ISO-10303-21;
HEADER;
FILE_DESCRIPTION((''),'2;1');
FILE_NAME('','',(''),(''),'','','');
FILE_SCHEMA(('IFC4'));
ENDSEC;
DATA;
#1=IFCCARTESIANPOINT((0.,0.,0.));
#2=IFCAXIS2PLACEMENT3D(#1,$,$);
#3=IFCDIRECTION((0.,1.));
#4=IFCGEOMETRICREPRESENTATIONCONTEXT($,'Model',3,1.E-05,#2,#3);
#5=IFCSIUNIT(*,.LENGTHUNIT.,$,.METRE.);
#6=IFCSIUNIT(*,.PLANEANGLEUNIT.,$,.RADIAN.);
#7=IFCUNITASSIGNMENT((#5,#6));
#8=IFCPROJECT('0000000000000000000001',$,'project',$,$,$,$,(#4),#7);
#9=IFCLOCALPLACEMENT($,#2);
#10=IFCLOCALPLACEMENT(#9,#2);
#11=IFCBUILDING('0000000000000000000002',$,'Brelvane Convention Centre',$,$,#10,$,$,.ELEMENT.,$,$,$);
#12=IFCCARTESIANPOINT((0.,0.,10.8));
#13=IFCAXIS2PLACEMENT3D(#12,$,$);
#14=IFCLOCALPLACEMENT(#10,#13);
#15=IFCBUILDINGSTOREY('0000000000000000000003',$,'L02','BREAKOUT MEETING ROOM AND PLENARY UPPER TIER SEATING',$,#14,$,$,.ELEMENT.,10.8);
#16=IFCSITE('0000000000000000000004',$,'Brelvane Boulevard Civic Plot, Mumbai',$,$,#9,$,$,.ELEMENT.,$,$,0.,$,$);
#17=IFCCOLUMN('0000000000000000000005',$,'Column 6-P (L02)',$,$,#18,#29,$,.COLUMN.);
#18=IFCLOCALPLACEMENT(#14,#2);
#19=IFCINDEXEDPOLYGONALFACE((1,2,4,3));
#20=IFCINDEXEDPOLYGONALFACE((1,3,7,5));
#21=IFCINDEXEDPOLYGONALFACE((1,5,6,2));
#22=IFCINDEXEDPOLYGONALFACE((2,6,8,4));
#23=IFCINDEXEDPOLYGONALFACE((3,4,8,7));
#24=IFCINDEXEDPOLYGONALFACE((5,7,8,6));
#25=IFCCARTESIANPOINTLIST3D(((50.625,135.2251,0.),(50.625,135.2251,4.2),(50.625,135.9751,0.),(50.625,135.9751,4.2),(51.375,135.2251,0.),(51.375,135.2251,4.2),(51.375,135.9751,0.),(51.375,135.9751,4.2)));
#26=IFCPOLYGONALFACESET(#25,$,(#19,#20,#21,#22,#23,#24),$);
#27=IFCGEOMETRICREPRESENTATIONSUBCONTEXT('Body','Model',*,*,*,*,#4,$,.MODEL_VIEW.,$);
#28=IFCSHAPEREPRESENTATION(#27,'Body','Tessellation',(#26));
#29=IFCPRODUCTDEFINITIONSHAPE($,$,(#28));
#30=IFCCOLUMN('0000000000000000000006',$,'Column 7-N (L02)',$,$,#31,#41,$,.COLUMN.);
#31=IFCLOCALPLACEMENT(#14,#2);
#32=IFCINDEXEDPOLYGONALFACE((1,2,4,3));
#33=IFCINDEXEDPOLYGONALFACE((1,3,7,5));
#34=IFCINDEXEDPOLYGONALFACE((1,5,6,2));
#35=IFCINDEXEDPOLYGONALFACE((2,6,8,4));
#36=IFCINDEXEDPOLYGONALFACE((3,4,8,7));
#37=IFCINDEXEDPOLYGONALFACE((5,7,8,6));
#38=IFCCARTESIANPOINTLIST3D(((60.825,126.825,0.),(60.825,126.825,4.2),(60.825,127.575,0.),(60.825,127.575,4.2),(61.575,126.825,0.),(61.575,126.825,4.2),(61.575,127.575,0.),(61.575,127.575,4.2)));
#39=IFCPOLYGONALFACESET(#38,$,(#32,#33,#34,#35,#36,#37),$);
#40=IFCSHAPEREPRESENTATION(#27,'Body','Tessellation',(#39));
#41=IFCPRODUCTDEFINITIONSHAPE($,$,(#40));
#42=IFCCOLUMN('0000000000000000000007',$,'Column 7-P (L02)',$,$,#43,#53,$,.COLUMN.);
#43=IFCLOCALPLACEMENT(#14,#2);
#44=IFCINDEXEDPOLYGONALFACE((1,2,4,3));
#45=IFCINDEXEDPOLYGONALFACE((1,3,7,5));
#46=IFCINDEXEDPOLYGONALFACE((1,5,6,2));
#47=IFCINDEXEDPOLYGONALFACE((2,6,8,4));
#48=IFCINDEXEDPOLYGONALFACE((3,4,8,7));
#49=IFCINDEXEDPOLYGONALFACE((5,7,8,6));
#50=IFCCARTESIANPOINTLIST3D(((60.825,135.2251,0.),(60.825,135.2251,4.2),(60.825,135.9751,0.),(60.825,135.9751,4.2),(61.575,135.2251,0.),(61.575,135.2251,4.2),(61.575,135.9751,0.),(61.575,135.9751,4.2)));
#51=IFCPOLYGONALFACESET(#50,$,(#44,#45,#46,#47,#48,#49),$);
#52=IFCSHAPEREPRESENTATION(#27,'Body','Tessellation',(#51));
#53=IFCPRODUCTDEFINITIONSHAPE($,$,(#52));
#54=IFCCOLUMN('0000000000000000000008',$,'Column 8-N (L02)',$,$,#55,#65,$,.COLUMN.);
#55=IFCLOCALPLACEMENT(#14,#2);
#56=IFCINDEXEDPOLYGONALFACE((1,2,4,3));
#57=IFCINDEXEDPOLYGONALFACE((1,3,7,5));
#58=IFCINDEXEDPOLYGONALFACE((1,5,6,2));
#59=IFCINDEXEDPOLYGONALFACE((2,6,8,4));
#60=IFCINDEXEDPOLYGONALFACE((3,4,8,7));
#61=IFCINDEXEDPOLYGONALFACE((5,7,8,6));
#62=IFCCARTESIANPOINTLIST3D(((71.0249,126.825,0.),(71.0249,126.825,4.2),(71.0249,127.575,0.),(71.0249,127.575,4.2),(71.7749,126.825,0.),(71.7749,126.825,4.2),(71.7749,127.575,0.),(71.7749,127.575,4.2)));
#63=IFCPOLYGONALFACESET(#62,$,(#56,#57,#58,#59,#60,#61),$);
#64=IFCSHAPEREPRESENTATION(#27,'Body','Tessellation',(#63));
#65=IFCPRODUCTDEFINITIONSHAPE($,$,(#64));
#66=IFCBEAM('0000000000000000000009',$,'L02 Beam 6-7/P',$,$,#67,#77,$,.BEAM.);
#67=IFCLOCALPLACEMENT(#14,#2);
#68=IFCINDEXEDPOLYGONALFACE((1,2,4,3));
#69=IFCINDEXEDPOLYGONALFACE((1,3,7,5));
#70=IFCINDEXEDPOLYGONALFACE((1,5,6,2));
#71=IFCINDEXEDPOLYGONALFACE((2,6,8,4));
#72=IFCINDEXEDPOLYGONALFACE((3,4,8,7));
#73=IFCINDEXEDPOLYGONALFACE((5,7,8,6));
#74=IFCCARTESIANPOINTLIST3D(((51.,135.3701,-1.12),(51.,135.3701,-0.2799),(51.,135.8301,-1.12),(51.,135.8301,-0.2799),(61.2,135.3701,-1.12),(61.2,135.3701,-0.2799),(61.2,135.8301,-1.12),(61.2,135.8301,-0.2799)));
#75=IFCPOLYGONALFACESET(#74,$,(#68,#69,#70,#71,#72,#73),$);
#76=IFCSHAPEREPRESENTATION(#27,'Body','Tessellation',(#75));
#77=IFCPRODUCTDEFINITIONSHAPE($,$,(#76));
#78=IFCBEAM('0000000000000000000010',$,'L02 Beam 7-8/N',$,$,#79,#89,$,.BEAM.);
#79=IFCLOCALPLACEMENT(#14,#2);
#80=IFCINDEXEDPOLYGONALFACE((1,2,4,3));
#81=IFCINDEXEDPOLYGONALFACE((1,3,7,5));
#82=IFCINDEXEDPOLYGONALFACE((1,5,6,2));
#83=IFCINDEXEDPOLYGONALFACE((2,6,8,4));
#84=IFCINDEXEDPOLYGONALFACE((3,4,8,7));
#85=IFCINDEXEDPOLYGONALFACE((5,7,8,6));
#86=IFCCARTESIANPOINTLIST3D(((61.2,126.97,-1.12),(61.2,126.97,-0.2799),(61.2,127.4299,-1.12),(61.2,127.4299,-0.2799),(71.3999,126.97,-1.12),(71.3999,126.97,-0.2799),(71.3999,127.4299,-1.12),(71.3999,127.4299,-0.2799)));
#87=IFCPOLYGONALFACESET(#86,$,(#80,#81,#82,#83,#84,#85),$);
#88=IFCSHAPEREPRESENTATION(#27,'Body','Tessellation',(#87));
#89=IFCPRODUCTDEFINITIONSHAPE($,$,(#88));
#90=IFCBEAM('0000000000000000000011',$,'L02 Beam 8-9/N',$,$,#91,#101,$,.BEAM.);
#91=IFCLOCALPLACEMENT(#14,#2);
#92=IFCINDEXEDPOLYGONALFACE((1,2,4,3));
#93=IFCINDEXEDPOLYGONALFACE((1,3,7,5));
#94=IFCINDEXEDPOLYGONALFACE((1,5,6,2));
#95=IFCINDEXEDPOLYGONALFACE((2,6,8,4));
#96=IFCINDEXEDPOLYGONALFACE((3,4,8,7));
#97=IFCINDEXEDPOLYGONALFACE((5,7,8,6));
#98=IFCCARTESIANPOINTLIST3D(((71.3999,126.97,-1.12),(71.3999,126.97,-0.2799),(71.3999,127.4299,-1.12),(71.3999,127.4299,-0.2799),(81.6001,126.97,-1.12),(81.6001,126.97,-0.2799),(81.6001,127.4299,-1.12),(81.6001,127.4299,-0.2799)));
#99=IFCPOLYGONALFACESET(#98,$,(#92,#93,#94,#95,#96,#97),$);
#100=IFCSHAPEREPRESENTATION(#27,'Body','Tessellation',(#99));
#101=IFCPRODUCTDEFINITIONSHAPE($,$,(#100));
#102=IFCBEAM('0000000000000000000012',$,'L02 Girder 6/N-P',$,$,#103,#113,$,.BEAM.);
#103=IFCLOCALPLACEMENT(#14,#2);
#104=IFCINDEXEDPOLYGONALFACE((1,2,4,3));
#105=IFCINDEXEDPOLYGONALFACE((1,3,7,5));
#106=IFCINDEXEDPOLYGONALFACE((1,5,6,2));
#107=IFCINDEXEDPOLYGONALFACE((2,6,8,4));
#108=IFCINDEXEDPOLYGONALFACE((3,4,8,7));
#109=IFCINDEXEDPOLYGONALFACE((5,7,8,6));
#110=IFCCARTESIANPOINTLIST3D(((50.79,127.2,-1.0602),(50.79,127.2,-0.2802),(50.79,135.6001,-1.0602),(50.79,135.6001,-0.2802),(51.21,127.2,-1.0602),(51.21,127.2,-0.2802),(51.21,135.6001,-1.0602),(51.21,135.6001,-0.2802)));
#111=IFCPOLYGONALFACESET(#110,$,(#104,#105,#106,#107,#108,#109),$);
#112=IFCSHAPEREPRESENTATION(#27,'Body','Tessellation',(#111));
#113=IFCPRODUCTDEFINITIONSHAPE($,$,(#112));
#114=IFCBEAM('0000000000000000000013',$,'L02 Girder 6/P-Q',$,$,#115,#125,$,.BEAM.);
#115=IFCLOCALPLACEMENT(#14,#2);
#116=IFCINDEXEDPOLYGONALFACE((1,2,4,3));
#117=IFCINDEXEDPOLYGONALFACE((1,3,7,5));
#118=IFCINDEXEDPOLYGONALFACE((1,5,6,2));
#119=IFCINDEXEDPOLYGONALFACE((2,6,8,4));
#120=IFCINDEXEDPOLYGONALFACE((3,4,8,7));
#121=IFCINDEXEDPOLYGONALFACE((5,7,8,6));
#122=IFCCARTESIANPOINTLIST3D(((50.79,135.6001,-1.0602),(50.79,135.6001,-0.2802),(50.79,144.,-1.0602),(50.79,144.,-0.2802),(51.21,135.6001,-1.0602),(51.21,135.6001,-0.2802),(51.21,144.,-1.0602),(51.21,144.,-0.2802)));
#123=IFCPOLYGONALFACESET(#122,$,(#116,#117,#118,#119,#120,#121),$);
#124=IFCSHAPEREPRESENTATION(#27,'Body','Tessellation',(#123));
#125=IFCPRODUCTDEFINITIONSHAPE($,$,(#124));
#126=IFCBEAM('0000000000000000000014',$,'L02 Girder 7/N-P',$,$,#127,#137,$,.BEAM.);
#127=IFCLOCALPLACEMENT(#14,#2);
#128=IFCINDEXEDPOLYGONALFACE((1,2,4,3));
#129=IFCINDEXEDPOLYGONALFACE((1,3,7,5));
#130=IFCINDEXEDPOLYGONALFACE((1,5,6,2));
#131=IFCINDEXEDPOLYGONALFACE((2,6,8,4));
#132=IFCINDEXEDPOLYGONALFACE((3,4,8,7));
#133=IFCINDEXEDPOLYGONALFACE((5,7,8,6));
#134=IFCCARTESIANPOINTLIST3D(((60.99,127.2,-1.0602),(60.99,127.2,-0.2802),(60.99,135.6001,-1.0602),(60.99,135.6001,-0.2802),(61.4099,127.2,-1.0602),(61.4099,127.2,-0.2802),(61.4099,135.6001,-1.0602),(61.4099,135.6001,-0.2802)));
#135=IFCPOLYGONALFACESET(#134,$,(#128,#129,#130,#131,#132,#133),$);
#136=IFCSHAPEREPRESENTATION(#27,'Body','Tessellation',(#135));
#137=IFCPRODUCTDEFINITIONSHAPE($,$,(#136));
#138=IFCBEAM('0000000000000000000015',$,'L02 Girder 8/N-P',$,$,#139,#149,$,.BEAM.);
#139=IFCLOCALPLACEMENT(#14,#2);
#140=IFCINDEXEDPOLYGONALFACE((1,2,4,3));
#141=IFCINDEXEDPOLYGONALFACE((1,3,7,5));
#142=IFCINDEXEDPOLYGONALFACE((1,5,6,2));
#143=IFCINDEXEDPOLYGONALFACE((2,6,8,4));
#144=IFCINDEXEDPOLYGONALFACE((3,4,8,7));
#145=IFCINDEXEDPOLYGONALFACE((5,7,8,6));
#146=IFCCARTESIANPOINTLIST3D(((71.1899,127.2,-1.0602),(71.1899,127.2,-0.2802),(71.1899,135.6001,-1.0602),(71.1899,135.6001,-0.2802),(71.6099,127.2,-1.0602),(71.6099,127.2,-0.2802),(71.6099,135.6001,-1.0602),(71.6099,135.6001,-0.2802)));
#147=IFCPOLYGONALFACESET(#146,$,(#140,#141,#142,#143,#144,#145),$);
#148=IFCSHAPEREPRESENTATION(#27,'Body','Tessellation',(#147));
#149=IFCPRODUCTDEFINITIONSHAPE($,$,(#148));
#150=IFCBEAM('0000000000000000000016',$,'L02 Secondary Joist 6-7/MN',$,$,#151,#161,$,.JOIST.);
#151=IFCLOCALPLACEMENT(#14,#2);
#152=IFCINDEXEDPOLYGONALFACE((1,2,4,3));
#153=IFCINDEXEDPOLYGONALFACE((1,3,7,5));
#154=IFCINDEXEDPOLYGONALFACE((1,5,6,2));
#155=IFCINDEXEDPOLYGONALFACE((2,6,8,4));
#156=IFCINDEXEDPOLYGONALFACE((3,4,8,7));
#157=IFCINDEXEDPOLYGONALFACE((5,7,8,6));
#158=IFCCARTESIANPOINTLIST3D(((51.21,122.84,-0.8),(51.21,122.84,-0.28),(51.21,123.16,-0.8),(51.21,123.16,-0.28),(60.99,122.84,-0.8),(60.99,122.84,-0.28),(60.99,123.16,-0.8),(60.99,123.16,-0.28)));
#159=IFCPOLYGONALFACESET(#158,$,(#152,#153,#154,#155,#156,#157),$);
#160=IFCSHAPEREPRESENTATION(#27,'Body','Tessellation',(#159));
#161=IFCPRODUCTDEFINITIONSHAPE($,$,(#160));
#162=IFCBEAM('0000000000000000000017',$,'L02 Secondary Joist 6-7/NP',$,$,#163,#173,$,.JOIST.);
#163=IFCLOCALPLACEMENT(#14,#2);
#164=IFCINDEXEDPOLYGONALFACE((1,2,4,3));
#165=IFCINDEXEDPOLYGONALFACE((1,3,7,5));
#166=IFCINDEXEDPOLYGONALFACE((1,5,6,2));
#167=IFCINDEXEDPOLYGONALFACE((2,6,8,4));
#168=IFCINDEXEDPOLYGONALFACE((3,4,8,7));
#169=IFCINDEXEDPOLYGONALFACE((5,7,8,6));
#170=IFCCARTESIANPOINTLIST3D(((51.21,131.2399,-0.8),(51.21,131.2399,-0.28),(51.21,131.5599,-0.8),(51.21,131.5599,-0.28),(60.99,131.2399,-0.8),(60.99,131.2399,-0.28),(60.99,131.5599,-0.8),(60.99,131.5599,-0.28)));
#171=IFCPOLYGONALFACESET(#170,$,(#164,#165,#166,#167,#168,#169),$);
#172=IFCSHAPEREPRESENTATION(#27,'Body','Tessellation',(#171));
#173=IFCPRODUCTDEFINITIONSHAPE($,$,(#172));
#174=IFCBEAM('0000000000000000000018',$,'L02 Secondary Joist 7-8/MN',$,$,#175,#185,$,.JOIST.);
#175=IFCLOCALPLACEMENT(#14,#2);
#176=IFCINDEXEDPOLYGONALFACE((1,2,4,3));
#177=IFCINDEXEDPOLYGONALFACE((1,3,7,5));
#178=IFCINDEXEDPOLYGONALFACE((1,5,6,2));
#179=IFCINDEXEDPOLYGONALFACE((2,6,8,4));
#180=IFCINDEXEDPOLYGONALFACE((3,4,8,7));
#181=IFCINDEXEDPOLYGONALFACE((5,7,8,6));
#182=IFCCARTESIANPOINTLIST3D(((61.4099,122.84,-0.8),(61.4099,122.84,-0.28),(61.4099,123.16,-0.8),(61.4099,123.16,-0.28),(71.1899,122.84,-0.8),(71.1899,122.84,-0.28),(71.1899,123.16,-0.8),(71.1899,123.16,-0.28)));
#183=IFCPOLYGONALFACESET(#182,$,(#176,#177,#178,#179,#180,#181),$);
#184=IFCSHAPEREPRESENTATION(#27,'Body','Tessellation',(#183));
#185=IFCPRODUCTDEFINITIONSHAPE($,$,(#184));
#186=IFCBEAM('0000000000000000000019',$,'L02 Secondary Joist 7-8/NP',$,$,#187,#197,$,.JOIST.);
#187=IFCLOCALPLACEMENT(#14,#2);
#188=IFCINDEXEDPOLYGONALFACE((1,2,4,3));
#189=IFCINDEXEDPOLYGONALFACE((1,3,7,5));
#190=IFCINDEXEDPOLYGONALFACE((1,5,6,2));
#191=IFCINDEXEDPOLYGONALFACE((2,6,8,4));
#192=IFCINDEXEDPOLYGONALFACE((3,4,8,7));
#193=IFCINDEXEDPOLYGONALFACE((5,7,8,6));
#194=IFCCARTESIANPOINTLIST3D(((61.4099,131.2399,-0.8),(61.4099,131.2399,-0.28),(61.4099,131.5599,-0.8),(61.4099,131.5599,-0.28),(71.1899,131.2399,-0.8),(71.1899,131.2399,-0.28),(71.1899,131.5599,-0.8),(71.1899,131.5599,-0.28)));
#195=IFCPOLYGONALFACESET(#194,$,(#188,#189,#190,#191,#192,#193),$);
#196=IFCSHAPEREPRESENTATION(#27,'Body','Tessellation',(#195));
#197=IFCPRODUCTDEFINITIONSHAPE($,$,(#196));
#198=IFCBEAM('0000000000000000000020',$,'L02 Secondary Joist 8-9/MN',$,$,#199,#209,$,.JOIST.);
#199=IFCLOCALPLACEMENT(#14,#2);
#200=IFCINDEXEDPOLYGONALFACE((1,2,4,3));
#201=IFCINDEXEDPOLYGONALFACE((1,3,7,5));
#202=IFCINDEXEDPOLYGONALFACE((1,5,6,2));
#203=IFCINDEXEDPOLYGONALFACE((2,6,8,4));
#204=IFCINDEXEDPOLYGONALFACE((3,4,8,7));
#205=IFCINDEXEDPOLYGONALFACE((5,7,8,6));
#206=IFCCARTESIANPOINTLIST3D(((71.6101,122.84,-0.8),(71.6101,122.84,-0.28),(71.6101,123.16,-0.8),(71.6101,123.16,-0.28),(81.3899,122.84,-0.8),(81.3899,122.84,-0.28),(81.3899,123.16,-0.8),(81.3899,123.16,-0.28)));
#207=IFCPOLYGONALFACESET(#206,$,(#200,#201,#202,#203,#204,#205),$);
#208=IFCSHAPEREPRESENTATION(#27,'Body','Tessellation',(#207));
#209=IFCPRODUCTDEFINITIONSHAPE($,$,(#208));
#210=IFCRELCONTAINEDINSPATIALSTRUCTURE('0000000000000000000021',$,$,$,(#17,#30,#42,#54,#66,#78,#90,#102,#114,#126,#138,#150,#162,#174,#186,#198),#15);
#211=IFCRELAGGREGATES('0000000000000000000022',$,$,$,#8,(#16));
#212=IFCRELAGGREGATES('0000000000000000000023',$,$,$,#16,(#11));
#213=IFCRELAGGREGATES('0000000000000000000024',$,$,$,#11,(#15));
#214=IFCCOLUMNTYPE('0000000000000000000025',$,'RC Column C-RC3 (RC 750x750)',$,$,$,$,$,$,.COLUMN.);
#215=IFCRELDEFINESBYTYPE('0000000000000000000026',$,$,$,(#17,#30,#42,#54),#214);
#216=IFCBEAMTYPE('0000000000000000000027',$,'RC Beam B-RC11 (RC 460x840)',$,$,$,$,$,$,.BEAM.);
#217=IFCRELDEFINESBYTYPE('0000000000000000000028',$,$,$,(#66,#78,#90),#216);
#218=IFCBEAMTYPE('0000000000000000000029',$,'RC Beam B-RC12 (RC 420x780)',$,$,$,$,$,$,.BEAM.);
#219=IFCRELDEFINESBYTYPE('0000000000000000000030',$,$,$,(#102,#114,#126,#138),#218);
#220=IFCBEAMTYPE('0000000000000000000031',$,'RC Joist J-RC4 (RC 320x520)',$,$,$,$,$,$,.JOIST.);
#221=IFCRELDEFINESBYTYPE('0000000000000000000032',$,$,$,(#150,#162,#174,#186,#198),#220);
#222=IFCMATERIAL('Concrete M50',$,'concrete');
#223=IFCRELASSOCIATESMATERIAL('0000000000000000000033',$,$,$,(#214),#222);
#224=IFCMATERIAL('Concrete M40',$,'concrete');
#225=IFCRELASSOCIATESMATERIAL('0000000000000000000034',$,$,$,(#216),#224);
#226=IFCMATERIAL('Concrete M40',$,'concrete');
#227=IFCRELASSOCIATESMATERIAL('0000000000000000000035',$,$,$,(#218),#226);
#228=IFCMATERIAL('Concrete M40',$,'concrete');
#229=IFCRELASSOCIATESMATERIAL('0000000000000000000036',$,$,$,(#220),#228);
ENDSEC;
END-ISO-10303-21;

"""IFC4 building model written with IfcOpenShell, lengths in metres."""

from ifc_helpers import new_model, si_unit, direction, frame, origin, origin_2d, place, context, subcontext, project, spatial, rectangle, extrude, material, material_profile, profile_set, type_object, element, save


model = new_model("IFC4")

# Units and contexts
model_context = context("Model", 3, precision=1e-05, world=origin(), true_north=direction((0.0, 1.0)))
body_context = subcontext(model_context, "Body", "Model", "MODEL_VIEW")
ifc_project = project(units=[si_unit("LENGTHUNIT", "METRE"), si_unit("PLANEANGLEUNIT", "RADIAN")], contexts=[model_context])

# Site, building, storey
site_placement = place(None, origin())
site = spatial("IfcSite", under=ifc_project, at=site_placement, Name="Brelvane Boulevard Civic Plot, Mumbai", CompositionType="ELEMENT", RefElevation=0.0)
building_placement = place(site_placement, origin())
building = spatial("IfcBuilding", under=site, at=building_placement, Name="Brelvane Convention Centre", CompositionType="ELEMENT")
storey_placement = place(building_placement, frame((0.0, 0.0, 10.8)))
storey = spatial("IfcBuildingStorey", under=building, at=storey_placement, Name="L02", Description="BREAKOUT MEETING ROOM AND PLENARY UPPER TIER SEATING", CompositionType="ELEMENT", Elevation=10.8)

# Columns
ifc_material_1 = material(Name="Concrete M50", Category="concrete")
ifc_material_profile_1 = material_profile(ifc_material_1, rectangle(XDim=0.75, YDim=0.75, at=origin_2d()), Name="RC 750x750")
ifc_profile_set_1 = profile_set([ifc_material_profile_1], Name="Concrete M50")
column_type = type_object("IfcColumnType", Name="RC Column C-RC3 (RC 750x750)", PredefinedType="COLUMN", material=ifc_profile_set_1)
for number, where, z_axis, x_axis, name in (
    (1, (51.0, 135.6001, 0.0), (0.0, 0.0, 1.0), (1.0, 0.0, 0.0), "Column 6-P (L02)"),
    (2, (61.2, 127.2, 0.0), (0.0, 0.0, 1.0), (1.0, 0.0, 0.0), "Column 7-N (L02)"),
    (3, (61.2, 135.6001, 0.0), (0.0, 0.0, 1.0), (1.0, 0.0, 0.0), "Column 7-P (L02)"),
    (4, (71.3999, 127.2, 0.0), (0.0, 0.0, 1.0), (1.0, 0.0, 0.0), "Column 8-N (L02)"),
):
    element("IfcColumn", number, at=place(storey_placement, frame(where, z_axis=z_axis, x_axis=x_axis)), inside=storey, type_object=column_type, Name=name, PredefinedType="COLUMN", context=body_context, shape_type="SweptSolid", body=[
        extrude(rectangle(XDim=0.75, YDim=0.75, at=origin_2d()), origin(), (0.0, 0.0, 1.0), 4.2),
    ])

# Beams
ifc_material_2 = material(Name="Concrete M40", Category="concrete")
ifc_material_profile_2 = material_profile(ifc_material_2, rectangle(XDim=0.46, YDim=0.8401, at=origin_2d()), Name="RC 460x840")
ifc_profile_set_2 = profile_set([ifc_material_profile_2], Name="Concrete M40")
beam_type_1 = type_object("IfcBeamType", Name="RC Beam B-RC11 (RC 460x840)", PredefinedType="BEAM", material=ifc_profile_set_2)
for number, where, z_axis, x_axis, name in (
    (5, (51.0, 135.6001, -0.7), (1.0, 0.0, 0.0), (0.0, 1.0, 0.0), "L02 Beam 6-7/P"),
    (6, (61.2, 127.2, -0.7), (1.0, 0.0, 0.0), (0.0, 1.0, 0.0), "L02 Beam 7-8/N"),
):
    element("IfcBeam", number, at=place(storey_placement, frame(where, z_axis=z_axis, x_axis=x_axis)), inside=storey, type_object=beam_type_1, Name=name, PredefinedType="BEAM", context=body_context, shape_type="SweptSolid", body=[
        extrude(rectangle(XDim=0.46, YDim=0.8401, at=origin_2d()), origin(), (0.0, 0.0, 1.0), 10.2),
    ])
beam_1_placement = place(storey_placement, frame((71.3999, 127.2, -0.7), z_axis=(1.0, 0.0, 0.0), x_axis=(0.0, 1.0, 0.0)))
element("IfcBeam", 7, at=beam_1_placement, inside=storey, type_object=beam_type_1, Name="L02 Beam 8-9/N", PredefinedType="BEAM", context=body_context, shape_type="SweptSolid", body=[
    extrude(rectangle(XDim=0.46, YDim=0.8401, at=origin_2d()), origin(), (0.0, 0.0, 1.0), 10.2002),
])
ifc_material_3 = material(Name="Concrete M40", Category="concrete")
ifc_material_profile_3 = material_profile(ifc_material_3, rectangle(XDim=0.4199, YDim=0.78, at=origin_2d()), Name="RC 420x780")
ifc_profile_set_3 = profile_set([ifc_material_profile_3], Name="Concrete M40")
beam_type_2 = type_object("IfcBeamType", Name="RC Beam B-RC12 (RC 420x780)", PredefinedType="BEAM", material=ifc_profile_set_3)
beam_2_placement = place(storey_placement, frame((51.0, 127.2, -0.6702), z_axis=(0.0, 1.0, 0.0), x_axis=(-1.0, 0.0, 0.0)))
element("IfcBeam", 8, at=beam_2_placement, inside=storey, type_object=beam_type_2, Name="L02 Girder 6/N-P", PredefinedType="BEAM", context=body_context, shape_type="SweptSolid", body=[
    extrude(rectangle(XDim=0.4199, YDim=0.78, at=origin_2d()), origin(), (0.0, 0.0, 1.0), 8.4001),
])
beam_3_placement = place(storey_placement, frame((51.0, 135.6001, -0.6702), z_axis=(0.0, 1.0, 0.0), x_axis=(-1.0, 0.0, 0.0)))
element("IfcBeam", 9, at=beam_3_placement, inside=storey, type_object=beam_type_2, Name="L02 Girder 6/P-Q", PredefinedType="BEAM", context=body_context, shape_type="SweptSolid", body=[
    extrude(rectangle(XDim=0.4199, YDim=0.78, at=origin_2d()), origin(), (0.0, 0.0, 1.0), 8.3999),
])
for number, where, z_axis, x_axis, name in (
    (10, (61.2, 127.2, -0.6702), (0.0, 1.0, 0.0), (-1.0, 0.0, 0.0), "L02 Girder 7/N-P"),
    (11, (71.3999, 127.2, -0.6702), (0.0, 1.0, 0.0), (-1.0, 0.0, 0.0), "L02 Girder 8/N-P"),
):
    element("IfcBeam", number, at=place(storey_placement, frame(where, z_axis=z_axis, x_axis=x_axis)), inside=storey, type_object=beam_type_2, Name=name, PredefinedType="BEAM", context=body_context, shape_type="SweptSolid", body=[
        extrude(rectangle(XDim=0.4199, YDim=0.78, at=origin_2d()), origin(), (0.0, 0.0, 1.0), 8.4001),
    ])
ifc_material_4 = material(Name="Concrete M40", Category="concrete")
ifc_material_profile_4 = material_profile(ifc_material_4, rectangle(XDim=0.3201, YDim=0.52, at=origin_2d()), Name="RC 320x520")
ifc_profile_set_4 = profile_set([ifc_material_profile_4], Name="Concrete M40")
beam_type_3 = type_object("IfcBeamType", Name="RC Joist J-RC4 (RC 320x520)", PredefinedType="JOIST", material=ifc_profile_set_4)
for number, where, z_axis, x_axis, name in (
    (12, (51.21, 123.0, -0.54), (1.0, 0.0, 0.0), (0.0, 1.0, 0.0), "L02 Secondary Joist 6-7/MN"),
    (13, (51.21, 131.3999, -0.54), (1.0, 0.0, 0.0), (0.0, 1.0, 0.0), "L02 Secondary Joist 6-7/NP"),
    (14, (61.4099, 123.0, -0.54), (1.0, 0.0, 0.0), (0.0, 1.0, 0.0), "L02 Secondary Joist 7-8/MN"),
    (15, (61.4099, 131.3999, -0.54), (1.0, 0.0, 0.0), (0.0, 1.0, 0.0), "L02 Secondary Joist 7-8/NP"),
):
    element("IfcBeam", number, at=place(storey_placement, frame(where, z_axis=z_axis, x_axis=x_axis)), inside=storey, type_object=beam_type_3, Name=name, PredefinedType="JOIST", context=body_context, shape_type="SweptSolid", body=[
        extrude(rectangle(XDim=0.3201, YDim=0.52, at=origin_2d()), origin(), (0.0, 0.0, 1.0), 9.78),
    ])
for number, where, z_axis, x_axis, name in (
    (16, (71.6101, 123.0, -0.54), (1.0, 0.0, 0.0), (0.0, 1.0, 0.0), "L02 Secondary Joist 8-9/MN"),
):
    element("IfcBeam", number, at=place(storey_placement, frame(where, z_axis=z_axis, x_axis=x_axis)), inside=storey, type_object=beam_type_3, Name=name, PredefinedType="JOIST", context=body_context, shape_type="SweptSolid", body=[
        extrude(rectangle(XDim=0.3201, YDim=0.52, at=origin_2d()), origin(), (0.0, 0.0, 1.0), 9.7798),
    ])

save(model, "model.ifc")
